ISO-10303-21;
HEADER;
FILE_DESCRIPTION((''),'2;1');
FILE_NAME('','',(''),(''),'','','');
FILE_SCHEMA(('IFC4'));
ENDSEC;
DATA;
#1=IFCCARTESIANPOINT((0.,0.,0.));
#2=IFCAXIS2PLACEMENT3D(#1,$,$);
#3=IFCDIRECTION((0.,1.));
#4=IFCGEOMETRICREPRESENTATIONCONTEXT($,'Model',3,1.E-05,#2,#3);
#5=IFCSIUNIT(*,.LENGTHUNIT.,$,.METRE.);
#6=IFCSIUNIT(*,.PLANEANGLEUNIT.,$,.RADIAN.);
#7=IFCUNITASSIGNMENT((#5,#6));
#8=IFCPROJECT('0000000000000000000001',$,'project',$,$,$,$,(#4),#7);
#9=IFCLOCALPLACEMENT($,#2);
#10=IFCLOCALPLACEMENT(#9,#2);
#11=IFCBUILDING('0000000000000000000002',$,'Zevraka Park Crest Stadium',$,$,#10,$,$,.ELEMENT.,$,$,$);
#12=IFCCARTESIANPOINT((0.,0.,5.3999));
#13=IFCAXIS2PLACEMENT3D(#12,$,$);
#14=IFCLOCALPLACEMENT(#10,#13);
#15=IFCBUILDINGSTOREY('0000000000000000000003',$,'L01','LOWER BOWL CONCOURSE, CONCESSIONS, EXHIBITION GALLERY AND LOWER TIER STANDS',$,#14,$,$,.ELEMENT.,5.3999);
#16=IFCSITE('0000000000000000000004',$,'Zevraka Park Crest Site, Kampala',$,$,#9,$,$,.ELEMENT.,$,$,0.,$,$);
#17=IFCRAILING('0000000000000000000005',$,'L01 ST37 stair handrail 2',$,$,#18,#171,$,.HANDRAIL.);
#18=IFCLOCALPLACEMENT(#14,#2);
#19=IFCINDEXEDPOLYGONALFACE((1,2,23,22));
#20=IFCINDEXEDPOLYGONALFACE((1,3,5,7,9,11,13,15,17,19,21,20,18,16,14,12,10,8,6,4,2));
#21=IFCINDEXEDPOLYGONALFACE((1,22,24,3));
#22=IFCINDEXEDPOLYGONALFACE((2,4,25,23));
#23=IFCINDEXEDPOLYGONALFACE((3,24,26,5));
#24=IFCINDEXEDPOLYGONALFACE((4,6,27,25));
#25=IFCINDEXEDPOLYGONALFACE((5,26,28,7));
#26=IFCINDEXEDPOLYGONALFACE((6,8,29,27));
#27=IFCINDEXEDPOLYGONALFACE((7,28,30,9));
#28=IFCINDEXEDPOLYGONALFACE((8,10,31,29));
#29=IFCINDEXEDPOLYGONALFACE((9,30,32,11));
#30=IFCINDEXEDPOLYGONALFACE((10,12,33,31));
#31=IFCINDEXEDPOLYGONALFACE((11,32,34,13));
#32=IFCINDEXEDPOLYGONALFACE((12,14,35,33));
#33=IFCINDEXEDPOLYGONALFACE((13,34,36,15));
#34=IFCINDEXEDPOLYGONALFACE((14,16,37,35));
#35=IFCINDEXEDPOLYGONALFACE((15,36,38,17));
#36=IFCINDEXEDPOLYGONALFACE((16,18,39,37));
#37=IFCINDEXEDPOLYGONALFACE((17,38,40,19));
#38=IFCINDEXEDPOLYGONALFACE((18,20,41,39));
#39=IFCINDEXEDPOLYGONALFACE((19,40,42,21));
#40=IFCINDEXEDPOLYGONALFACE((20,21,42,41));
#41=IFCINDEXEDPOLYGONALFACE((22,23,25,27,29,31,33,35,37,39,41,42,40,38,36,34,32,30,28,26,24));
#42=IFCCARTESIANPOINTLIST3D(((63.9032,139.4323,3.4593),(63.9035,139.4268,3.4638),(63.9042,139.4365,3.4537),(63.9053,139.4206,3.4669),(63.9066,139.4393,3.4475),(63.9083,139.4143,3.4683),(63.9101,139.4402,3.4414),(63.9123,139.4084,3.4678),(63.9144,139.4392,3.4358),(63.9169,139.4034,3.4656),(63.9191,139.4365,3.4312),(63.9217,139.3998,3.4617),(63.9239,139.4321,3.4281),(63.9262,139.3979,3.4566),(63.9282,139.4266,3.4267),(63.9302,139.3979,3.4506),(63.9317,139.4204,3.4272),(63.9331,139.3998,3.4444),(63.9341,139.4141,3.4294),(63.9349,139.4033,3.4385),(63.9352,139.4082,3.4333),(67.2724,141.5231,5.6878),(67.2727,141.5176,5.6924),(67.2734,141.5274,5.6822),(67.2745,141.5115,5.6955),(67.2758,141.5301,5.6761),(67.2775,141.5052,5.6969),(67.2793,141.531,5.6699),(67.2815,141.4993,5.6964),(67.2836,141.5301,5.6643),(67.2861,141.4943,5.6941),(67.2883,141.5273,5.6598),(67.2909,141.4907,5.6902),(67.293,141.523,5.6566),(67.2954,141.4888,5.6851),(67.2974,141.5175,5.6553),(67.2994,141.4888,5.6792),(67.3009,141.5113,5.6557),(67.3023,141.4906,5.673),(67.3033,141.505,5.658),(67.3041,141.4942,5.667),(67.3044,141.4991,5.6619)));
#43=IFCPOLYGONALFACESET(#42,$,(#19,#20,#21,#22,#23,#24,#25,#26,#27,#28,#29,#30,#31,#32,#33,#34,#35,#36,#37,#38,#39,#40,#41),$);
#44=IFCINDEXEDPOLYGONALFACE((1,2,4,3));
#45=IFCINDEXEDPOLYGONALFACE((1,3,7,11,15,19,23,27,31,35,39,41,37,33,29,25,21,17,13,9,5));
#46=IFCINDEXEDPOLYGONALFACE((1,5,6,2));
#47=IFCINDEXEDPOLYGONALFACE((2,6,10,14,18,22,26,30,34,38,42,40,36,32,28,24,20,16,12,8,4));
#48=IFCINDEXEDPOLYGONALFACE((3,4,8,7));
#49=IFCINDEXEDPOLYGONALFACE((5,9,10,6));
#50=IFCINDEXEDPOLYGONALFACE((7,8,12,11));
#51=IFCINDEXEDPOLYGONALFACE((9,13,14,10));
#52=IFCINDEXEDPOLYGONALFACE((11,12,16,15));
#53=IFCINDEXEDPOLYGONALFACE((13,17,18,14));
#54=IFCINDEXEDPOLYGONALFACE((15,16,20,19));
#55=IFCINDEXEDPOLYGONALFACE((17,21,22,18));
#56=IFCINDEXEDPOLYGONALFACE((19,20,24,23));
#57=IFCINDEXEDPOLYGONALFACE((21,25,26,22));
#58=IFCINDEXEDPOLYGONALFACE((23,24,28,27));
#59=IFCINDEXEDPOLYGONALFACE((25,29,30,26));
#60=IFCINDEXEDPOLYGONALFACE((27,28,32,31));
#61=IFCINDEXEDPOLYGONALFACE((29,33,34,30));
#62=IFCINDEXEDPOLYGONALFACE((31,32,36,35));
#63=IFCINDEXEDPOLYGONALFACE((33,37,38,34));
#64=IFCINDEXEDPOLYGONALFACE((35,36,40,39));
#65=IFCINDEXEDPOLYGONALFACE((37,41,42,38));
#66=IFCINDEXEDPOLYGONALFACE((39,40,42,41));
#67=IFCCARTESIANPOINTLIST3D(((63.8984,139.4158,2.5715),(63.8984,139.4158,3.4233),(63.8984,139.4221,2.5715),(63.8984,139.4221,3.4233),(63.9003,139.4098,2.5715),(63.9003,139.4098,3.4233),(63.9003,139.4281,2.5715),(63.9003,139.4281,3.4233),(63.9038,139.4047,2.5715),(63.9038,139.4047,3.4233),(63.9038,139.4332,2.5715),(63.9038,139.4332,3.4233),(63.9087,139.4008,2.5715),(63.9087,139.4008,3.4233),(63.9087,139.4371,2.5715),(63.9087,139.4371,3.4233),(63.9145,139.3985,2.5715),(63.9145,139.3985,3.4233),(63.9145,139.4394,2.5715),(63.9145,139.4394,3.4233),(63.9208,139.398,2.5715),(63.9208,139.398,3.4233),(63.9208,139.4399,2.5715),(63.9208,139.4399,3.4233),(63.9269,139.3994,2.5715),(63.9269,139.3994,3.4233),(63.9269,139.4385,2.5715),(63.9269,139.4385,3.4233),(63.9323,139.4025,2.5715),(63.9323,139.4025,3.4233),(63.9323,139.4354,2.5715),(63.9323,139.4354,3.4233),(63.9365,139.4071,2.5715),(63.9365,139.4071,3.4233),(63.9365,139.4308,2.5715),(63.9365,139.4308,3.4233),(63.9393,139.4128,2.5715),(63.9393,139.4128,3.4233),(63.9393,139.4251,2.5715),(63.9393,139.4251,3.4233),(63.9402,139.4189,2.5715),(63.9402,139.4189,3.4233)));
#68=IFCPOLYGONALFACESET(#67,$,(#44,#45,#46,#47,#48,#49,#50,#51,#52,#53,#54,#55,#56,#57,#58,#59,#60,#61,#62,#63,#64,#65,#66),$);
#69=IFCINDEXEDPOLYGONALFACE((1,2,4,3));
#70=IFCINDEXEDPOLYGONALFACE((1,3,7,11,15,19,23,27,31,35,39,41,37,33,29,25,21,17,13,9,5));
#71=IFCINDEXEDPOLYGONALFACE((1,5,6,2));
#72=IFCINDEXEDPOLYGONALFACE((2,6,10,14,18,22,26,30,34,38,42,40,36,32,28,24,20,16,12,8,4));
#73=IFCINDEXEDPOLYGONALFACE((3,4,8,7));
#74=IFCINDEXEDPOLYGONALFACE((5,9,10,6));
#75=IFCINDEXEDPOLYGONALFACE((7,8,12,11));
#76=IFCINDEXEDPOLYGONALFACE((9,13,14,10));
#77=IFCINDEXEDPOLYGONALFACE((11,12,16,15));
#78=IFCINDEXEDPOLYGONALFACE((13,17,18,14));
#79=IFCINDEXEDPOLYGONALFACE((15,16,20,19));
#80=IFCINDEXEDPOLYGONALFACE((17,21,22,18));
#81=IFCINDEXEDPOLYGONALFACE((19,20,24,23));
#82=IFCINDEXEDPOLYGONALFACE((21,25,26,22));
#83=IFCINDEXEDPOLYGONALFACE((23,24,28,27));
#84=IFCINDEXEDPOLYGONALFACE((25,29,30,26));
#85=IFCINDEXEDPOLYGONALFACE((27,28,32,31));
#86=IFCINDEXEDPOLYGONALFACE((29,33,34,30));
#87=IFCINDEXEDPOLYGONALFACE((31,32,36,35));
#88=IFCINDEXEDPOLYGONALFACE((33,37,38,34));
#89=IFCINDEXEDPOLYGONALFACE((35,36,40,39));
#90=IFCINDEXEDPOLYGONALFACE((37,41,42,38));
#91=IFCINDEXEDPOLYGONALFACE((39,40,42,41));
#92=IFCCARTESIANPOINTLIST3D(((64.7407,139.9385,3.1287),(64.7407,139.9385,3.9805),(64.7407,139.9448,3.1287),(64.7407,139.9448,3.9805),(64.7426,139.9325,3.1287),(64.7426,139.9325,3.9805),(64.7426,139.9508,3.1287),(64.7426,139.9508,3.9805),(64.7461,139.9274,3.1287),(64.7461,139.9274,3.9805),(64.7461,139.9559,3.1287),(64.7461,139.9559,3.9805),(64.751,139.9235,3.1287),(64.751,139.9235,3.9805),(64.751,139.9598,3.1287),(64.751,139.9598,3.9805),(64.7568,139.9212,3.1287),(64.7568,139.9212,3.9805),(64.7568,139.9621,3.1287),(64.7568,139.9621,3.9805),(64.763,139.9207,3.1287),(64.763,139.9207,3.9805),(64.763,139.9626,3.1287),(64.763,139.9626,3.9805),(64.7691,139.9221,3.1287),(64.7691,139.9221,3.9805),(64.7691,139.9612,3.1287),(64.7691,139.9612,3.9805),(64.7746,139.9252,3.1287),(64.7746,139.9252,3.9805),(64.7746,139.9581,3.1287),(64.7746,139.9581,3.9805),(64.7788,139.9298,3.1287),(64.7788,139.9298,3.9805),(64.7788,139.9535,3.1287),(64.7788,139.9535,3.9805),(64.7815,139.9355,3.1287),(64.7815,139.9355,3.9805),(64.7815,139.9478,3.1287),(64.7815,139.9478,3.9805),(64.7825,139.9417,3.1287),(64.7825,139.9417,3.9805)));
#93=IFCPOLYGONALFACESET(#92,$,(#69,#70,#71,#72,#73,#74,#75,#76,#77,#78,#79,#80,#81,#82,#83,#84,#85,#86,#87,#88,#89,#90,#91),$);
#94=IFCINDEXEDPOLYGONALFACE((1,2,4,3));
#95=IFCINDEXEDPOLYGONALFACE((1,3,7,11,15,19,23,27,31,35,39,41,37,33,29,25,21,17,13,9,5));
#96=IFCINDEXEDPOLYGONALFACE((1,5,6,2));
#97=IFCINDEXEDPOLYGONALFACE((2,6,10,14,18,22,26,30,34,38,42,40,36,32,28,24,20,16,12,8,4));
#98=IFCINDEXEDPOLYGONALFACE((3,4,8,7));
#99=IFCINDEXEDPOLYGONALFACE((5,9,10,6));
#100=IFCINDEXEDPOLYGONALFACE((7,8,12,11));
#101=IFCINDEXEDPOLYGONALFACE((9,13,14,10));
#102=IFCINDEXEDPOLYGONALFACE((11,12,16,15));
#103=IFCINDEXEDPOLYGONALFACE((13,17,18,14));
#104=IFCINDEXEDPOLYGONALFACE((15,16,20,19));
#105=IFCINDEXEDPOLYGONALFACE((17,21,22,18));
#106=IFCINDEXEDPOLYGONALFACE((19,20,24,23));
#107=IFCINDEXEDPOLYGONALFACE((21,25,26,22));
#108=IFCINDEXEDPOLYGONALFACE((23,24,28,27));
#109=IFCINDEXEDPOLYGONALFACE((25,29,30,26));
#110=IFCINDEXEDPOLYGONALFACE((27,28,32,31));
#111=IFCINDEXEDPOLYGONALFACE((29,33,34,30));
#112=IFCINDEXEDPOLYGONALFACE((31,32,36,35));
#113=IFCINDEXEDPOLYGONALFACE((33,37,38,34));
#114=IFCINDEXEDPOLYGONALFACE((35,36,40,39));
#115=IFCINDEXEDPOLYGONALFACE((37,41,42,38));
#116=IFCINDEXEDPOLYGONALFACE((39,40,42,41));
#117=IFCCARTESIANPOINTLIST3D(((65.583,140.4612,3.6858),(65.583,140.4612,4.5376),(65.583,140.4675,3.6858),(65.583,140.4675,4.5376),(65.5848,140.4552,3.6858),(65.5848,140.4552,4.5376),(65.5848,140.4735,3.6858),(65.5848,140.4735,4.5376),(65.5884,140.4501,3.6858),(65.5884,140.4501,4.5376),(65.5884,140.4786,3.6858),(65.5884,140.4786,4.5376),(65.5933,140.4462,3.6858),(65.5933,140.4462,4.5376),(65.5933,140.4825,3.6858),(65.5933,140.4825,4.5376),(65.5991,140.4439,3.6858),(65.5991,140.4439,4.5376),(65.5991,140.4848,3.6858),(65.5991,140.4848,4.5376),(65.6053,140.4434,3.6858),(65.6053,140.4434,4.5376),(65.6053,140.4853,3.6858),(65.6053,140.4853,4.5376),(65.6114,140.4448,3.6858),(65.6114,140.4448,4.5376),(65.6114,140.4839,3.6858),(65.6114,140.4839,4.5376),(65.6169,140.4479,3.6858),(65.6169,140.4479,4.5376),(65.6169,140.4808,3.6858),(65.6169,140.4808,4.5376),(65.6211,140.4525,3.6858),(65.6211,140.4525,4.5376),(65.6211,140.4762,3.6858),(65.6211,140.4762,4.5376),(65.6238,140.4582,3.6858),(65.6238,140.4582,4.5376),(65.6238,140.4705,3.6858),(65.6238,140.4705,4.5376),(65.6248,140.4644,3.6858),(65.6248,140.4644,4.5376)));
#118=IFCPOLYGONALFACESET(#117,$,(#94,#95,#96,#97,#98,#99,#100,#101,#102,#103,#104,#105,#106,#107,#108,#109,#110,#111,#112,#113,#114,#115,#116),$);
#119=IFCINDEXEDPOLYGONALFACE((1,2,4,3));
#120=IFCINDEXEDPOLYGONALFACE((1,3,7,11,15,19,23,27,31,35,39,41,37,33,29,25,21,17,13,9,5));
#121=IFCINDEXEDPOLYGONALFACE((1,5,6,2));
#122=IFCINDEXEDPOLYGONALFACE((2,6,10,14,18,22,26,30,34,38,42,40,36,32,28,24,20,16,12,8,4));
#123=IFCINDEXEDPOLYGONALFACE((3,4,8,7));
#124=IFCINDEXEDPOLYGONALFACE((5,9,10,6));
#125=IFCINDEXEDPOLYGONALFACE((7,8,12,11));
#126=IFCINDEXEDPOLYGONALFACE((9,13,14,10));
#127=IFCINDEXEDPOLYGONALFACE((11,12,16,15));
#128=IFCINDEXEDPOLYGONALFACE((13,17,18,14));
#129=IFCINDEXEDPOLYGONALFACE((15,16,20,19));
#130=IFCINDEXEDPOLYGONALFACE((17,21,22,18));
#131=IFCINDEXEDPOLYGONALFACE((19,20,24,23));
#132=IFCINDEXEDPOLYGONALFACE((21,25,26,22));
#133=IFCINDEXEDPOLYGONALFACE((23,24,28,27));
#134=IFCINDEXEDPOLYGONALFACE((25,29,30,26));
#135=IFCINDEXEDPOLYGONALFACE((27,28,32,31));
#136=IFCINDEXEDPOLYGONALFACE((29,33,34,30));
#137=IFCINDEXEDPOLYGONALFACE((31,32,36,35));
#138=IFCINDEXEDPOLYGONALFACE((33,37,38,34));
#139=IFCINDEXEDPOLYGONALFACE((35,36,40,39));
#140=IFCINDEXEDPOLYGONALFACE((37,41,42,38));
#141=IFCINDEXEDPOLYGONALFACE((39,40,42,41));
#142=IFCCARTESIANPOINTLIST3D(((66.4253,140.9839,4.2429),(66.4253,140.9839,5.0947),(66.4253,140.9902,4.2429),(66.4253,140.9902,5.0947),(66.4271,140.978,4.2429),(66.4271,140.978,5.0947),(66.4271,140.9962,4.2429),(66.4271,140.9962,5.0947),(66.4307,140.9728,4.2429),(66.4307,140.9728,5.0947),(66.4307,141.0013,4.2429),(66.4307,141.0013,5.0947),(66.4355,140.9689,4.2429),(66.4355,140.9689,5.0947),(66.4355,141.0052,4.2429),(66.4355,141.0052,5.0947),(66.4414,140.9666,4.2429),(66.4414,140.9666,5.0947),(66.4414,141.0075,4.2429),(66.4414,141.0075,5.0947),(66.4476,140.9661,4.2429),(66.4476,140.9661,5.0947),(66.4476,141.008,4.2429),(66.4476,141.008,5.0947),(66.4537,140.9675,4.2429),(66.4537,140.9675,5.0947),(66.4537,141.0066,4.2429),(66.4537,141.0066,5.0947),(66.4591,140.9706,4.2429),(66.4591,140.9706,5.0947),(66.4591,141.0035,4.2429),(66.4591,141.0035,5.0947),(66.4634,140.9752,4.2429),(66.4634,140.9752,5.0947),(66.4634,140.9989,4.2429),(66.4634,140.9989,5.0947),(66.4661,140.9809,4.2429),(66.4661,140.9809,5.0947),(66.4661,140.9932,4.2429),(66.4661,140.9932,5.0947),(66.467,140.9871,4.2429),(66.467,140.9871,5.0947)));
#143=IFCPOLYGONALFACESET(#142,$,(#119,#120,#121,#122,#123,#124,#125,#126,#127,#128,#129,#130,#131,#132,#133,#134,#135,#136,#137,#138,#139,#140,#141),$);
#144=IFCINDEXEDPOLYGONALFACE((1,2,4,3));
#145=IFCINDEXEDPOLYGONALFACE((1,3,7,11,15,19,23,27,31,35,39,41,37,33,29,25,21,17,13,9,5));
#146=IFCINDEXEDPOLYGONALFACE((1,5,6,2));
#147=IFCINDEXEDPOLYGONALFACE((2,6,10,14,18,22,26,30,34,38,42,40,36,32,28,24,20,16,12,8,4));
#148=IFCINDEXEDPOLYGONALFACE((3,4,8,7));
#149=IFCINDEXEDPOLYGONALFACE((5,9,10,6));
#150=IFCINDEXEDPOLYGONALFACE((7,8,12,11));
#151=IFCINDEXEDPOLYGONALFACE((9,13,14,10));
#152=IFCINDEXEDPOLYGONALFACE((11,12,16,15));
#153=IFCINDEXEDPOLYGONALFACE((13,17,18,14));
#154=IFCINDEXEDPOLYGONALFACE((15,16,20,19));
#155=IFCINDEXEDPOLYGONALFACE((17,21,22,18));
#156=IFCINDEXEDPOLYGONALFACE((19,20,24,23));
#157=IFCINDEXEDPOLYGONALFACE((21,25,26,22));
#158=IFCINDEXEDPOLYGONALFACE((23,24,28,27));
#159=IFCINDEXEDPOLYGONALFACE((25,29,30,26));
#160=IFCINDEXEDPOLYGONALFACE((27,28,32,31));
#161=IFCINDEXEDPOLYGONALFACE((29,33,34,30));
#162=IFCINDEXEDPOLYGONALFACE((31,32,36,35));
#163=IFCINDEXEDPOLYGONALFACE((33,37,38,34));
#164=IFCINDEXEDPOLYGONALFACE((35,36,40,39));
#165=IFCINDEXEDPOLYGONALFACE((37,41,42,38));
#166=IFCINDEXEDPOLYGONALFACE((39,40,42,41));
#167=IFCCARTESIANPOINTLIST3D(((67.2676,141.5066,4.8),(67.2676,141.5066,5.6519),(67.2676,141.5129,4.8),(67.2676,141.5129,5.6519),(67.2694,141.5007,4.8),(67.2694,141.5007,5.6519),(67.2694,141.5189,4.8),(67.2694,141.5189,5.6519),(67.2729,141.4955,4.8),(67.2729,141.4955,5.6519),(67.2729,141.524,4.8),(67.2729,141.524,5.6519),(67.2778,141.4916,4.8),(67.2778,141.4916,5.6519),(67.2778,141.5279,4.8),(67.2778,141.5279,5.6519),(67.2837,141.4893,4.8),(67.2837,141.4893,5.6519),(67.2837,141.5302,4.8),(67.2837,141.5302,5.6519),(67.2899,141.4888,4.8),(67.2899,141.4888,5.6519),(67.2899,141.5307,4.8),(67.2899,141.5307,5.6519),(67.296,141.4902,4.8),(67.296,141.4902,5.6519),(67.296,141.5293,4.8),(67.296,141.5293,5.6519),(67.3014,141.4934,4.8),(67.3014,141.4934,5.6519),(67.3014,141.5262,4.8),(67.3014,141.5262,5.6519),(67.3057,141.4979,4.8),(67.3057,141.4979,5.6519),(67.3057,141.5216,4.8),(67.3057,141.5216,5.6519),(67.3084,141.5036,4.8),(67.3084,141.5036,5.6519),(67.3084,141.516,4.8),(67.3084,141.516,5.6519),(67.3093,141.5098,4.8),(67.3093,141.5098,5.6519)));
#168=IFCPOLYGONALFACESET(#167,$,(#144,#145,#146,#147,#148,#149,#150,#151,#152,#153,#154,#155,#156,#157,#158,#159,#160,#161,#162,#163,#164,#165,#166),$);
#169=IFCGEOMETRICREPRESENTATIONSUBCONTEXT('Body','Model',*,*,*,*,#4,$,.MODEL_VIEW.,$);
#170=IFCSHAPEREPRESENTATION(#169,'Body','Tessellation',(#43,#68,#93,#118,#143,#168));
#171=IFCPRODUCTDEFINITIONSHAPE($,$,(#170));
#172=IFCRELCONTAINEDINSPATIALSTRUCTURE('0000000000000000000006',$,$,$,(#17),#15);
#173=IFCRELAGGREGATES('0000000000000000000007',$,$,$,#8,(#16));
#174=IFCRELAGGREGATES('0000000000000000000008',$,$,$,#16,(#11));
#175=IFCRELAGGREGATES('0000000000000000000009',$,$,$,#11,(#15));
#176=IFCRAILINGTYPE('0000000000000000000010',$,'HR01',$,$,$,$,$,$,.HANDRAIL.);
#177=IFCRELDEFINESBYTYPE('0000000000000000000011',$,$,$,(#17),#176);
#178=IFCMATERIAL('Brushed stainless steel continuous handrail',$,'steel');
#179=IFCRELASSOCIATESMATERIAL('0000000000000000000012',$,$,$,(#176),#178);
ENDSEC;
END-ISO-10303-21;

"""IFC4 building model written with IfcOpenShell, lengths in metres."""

from ifc_helpers import new_model, si_unit, direction, frame, origin, origin_2d, place, context, subcontext, project, spatial, circle, extrude, material, type_object, element, save


model = new_model("IFC4")

# Units and contexts
model_context = context("Model", 3, precision=1e-05, world=origin(), true_north=direction((0.0, 1.0)))
body_context = subcontext(model_context, "Body", "Model", "MODEL_VIEW")
ifc_project = project(units=[si_unit("LENGTHUNIT", "METRE"), si_unit("PLANEANGLEUNIT", "RADIAN")], contexts=[model_context])

# Site, building, storey
site_placement = place(None, origin())
site = spatial("IfcSite", under=ifc_project, at=site_placement, Name="Zevraka Park Crest Site, Kampala", CompositionType="ELEMENT", RefElevation=0.0)
building_placement = place(site_placement, origin())
building = spatial("IfcBuilding", under=site, at=building_placement, Name="Zevraka Park Crest Stadium", CompositionType="ELEMENT")
storey_placement = place(building_placement, frame((0.0, 0.0, 5.3999)))
storey = spatial("IfcBuildingStorey", under=building, at=storey_placement, Name="L01", Description="LOWER BOWL CONCOURSE, CONCESSIONS, EXHIBITION GALLERY AND LOWER TIER STANDS", CompositionType="ELEMENT", Elevation=5.3999)

# Railing
ifc_material_1 = material(Name="Brushed stainless steel continuous handrail", Category="steel")
railing_type_1 = type_object("IfcRailingType", Name="HR01", PredefinedType="HANDRAIL", material=ifc_material_1)
railing_1_placement = place(storey_placement, frame((63.9192, 139.4189, 2.5715)))
element("IfcRailing", 1, at=railing_1_placement, inside=storey, type_object=railing_type_1, Name="L01 ST37 stair handrail 2", PredefinedType="HANDRAIL", context=body_context, shape_type="SweptSolid", body=[
    extrude(circle(Radius=0.0239, at=origin_2d()), frame((0.0, 0.0, 0.876), z_axis=(0.740713, 0.459672, 0.489944), x_axis=(-0.527295, 0.849682, 0.0)), (0.0, 0.0, 1.0), 4.5486),
    extrude(circle(Radius=0.021, at=origin_2d()), origin(), (0.0, 0.0, 1.0), 0.8518),
    extrude(circle(Radius=0.021, at=origin_2d()), frame((0.8423, 0.5227, 0.5571)), (0.0, 0.0, 1.0), 0.8518),
    extrude(circle(Radius=0.021, at=origin_2d()), frame((1.6846, 1.0454, 1.1143)), (0.0, 0.0, 1.0), 0.8518),
    extrude(circle(Radius=0.021, at=origin_2d()), frame((2.5269, 1.5681, 1.6714)), (0.0, 0.0, 1.0), 0.8518),
    extrude(circle(Radius=0.021, at=origin_2d()), frame((3.3691, 2.0908, 2.2285)), (0.0, 0.0, 1.0), 0.8518),
])

save(model, "model.ifc")
